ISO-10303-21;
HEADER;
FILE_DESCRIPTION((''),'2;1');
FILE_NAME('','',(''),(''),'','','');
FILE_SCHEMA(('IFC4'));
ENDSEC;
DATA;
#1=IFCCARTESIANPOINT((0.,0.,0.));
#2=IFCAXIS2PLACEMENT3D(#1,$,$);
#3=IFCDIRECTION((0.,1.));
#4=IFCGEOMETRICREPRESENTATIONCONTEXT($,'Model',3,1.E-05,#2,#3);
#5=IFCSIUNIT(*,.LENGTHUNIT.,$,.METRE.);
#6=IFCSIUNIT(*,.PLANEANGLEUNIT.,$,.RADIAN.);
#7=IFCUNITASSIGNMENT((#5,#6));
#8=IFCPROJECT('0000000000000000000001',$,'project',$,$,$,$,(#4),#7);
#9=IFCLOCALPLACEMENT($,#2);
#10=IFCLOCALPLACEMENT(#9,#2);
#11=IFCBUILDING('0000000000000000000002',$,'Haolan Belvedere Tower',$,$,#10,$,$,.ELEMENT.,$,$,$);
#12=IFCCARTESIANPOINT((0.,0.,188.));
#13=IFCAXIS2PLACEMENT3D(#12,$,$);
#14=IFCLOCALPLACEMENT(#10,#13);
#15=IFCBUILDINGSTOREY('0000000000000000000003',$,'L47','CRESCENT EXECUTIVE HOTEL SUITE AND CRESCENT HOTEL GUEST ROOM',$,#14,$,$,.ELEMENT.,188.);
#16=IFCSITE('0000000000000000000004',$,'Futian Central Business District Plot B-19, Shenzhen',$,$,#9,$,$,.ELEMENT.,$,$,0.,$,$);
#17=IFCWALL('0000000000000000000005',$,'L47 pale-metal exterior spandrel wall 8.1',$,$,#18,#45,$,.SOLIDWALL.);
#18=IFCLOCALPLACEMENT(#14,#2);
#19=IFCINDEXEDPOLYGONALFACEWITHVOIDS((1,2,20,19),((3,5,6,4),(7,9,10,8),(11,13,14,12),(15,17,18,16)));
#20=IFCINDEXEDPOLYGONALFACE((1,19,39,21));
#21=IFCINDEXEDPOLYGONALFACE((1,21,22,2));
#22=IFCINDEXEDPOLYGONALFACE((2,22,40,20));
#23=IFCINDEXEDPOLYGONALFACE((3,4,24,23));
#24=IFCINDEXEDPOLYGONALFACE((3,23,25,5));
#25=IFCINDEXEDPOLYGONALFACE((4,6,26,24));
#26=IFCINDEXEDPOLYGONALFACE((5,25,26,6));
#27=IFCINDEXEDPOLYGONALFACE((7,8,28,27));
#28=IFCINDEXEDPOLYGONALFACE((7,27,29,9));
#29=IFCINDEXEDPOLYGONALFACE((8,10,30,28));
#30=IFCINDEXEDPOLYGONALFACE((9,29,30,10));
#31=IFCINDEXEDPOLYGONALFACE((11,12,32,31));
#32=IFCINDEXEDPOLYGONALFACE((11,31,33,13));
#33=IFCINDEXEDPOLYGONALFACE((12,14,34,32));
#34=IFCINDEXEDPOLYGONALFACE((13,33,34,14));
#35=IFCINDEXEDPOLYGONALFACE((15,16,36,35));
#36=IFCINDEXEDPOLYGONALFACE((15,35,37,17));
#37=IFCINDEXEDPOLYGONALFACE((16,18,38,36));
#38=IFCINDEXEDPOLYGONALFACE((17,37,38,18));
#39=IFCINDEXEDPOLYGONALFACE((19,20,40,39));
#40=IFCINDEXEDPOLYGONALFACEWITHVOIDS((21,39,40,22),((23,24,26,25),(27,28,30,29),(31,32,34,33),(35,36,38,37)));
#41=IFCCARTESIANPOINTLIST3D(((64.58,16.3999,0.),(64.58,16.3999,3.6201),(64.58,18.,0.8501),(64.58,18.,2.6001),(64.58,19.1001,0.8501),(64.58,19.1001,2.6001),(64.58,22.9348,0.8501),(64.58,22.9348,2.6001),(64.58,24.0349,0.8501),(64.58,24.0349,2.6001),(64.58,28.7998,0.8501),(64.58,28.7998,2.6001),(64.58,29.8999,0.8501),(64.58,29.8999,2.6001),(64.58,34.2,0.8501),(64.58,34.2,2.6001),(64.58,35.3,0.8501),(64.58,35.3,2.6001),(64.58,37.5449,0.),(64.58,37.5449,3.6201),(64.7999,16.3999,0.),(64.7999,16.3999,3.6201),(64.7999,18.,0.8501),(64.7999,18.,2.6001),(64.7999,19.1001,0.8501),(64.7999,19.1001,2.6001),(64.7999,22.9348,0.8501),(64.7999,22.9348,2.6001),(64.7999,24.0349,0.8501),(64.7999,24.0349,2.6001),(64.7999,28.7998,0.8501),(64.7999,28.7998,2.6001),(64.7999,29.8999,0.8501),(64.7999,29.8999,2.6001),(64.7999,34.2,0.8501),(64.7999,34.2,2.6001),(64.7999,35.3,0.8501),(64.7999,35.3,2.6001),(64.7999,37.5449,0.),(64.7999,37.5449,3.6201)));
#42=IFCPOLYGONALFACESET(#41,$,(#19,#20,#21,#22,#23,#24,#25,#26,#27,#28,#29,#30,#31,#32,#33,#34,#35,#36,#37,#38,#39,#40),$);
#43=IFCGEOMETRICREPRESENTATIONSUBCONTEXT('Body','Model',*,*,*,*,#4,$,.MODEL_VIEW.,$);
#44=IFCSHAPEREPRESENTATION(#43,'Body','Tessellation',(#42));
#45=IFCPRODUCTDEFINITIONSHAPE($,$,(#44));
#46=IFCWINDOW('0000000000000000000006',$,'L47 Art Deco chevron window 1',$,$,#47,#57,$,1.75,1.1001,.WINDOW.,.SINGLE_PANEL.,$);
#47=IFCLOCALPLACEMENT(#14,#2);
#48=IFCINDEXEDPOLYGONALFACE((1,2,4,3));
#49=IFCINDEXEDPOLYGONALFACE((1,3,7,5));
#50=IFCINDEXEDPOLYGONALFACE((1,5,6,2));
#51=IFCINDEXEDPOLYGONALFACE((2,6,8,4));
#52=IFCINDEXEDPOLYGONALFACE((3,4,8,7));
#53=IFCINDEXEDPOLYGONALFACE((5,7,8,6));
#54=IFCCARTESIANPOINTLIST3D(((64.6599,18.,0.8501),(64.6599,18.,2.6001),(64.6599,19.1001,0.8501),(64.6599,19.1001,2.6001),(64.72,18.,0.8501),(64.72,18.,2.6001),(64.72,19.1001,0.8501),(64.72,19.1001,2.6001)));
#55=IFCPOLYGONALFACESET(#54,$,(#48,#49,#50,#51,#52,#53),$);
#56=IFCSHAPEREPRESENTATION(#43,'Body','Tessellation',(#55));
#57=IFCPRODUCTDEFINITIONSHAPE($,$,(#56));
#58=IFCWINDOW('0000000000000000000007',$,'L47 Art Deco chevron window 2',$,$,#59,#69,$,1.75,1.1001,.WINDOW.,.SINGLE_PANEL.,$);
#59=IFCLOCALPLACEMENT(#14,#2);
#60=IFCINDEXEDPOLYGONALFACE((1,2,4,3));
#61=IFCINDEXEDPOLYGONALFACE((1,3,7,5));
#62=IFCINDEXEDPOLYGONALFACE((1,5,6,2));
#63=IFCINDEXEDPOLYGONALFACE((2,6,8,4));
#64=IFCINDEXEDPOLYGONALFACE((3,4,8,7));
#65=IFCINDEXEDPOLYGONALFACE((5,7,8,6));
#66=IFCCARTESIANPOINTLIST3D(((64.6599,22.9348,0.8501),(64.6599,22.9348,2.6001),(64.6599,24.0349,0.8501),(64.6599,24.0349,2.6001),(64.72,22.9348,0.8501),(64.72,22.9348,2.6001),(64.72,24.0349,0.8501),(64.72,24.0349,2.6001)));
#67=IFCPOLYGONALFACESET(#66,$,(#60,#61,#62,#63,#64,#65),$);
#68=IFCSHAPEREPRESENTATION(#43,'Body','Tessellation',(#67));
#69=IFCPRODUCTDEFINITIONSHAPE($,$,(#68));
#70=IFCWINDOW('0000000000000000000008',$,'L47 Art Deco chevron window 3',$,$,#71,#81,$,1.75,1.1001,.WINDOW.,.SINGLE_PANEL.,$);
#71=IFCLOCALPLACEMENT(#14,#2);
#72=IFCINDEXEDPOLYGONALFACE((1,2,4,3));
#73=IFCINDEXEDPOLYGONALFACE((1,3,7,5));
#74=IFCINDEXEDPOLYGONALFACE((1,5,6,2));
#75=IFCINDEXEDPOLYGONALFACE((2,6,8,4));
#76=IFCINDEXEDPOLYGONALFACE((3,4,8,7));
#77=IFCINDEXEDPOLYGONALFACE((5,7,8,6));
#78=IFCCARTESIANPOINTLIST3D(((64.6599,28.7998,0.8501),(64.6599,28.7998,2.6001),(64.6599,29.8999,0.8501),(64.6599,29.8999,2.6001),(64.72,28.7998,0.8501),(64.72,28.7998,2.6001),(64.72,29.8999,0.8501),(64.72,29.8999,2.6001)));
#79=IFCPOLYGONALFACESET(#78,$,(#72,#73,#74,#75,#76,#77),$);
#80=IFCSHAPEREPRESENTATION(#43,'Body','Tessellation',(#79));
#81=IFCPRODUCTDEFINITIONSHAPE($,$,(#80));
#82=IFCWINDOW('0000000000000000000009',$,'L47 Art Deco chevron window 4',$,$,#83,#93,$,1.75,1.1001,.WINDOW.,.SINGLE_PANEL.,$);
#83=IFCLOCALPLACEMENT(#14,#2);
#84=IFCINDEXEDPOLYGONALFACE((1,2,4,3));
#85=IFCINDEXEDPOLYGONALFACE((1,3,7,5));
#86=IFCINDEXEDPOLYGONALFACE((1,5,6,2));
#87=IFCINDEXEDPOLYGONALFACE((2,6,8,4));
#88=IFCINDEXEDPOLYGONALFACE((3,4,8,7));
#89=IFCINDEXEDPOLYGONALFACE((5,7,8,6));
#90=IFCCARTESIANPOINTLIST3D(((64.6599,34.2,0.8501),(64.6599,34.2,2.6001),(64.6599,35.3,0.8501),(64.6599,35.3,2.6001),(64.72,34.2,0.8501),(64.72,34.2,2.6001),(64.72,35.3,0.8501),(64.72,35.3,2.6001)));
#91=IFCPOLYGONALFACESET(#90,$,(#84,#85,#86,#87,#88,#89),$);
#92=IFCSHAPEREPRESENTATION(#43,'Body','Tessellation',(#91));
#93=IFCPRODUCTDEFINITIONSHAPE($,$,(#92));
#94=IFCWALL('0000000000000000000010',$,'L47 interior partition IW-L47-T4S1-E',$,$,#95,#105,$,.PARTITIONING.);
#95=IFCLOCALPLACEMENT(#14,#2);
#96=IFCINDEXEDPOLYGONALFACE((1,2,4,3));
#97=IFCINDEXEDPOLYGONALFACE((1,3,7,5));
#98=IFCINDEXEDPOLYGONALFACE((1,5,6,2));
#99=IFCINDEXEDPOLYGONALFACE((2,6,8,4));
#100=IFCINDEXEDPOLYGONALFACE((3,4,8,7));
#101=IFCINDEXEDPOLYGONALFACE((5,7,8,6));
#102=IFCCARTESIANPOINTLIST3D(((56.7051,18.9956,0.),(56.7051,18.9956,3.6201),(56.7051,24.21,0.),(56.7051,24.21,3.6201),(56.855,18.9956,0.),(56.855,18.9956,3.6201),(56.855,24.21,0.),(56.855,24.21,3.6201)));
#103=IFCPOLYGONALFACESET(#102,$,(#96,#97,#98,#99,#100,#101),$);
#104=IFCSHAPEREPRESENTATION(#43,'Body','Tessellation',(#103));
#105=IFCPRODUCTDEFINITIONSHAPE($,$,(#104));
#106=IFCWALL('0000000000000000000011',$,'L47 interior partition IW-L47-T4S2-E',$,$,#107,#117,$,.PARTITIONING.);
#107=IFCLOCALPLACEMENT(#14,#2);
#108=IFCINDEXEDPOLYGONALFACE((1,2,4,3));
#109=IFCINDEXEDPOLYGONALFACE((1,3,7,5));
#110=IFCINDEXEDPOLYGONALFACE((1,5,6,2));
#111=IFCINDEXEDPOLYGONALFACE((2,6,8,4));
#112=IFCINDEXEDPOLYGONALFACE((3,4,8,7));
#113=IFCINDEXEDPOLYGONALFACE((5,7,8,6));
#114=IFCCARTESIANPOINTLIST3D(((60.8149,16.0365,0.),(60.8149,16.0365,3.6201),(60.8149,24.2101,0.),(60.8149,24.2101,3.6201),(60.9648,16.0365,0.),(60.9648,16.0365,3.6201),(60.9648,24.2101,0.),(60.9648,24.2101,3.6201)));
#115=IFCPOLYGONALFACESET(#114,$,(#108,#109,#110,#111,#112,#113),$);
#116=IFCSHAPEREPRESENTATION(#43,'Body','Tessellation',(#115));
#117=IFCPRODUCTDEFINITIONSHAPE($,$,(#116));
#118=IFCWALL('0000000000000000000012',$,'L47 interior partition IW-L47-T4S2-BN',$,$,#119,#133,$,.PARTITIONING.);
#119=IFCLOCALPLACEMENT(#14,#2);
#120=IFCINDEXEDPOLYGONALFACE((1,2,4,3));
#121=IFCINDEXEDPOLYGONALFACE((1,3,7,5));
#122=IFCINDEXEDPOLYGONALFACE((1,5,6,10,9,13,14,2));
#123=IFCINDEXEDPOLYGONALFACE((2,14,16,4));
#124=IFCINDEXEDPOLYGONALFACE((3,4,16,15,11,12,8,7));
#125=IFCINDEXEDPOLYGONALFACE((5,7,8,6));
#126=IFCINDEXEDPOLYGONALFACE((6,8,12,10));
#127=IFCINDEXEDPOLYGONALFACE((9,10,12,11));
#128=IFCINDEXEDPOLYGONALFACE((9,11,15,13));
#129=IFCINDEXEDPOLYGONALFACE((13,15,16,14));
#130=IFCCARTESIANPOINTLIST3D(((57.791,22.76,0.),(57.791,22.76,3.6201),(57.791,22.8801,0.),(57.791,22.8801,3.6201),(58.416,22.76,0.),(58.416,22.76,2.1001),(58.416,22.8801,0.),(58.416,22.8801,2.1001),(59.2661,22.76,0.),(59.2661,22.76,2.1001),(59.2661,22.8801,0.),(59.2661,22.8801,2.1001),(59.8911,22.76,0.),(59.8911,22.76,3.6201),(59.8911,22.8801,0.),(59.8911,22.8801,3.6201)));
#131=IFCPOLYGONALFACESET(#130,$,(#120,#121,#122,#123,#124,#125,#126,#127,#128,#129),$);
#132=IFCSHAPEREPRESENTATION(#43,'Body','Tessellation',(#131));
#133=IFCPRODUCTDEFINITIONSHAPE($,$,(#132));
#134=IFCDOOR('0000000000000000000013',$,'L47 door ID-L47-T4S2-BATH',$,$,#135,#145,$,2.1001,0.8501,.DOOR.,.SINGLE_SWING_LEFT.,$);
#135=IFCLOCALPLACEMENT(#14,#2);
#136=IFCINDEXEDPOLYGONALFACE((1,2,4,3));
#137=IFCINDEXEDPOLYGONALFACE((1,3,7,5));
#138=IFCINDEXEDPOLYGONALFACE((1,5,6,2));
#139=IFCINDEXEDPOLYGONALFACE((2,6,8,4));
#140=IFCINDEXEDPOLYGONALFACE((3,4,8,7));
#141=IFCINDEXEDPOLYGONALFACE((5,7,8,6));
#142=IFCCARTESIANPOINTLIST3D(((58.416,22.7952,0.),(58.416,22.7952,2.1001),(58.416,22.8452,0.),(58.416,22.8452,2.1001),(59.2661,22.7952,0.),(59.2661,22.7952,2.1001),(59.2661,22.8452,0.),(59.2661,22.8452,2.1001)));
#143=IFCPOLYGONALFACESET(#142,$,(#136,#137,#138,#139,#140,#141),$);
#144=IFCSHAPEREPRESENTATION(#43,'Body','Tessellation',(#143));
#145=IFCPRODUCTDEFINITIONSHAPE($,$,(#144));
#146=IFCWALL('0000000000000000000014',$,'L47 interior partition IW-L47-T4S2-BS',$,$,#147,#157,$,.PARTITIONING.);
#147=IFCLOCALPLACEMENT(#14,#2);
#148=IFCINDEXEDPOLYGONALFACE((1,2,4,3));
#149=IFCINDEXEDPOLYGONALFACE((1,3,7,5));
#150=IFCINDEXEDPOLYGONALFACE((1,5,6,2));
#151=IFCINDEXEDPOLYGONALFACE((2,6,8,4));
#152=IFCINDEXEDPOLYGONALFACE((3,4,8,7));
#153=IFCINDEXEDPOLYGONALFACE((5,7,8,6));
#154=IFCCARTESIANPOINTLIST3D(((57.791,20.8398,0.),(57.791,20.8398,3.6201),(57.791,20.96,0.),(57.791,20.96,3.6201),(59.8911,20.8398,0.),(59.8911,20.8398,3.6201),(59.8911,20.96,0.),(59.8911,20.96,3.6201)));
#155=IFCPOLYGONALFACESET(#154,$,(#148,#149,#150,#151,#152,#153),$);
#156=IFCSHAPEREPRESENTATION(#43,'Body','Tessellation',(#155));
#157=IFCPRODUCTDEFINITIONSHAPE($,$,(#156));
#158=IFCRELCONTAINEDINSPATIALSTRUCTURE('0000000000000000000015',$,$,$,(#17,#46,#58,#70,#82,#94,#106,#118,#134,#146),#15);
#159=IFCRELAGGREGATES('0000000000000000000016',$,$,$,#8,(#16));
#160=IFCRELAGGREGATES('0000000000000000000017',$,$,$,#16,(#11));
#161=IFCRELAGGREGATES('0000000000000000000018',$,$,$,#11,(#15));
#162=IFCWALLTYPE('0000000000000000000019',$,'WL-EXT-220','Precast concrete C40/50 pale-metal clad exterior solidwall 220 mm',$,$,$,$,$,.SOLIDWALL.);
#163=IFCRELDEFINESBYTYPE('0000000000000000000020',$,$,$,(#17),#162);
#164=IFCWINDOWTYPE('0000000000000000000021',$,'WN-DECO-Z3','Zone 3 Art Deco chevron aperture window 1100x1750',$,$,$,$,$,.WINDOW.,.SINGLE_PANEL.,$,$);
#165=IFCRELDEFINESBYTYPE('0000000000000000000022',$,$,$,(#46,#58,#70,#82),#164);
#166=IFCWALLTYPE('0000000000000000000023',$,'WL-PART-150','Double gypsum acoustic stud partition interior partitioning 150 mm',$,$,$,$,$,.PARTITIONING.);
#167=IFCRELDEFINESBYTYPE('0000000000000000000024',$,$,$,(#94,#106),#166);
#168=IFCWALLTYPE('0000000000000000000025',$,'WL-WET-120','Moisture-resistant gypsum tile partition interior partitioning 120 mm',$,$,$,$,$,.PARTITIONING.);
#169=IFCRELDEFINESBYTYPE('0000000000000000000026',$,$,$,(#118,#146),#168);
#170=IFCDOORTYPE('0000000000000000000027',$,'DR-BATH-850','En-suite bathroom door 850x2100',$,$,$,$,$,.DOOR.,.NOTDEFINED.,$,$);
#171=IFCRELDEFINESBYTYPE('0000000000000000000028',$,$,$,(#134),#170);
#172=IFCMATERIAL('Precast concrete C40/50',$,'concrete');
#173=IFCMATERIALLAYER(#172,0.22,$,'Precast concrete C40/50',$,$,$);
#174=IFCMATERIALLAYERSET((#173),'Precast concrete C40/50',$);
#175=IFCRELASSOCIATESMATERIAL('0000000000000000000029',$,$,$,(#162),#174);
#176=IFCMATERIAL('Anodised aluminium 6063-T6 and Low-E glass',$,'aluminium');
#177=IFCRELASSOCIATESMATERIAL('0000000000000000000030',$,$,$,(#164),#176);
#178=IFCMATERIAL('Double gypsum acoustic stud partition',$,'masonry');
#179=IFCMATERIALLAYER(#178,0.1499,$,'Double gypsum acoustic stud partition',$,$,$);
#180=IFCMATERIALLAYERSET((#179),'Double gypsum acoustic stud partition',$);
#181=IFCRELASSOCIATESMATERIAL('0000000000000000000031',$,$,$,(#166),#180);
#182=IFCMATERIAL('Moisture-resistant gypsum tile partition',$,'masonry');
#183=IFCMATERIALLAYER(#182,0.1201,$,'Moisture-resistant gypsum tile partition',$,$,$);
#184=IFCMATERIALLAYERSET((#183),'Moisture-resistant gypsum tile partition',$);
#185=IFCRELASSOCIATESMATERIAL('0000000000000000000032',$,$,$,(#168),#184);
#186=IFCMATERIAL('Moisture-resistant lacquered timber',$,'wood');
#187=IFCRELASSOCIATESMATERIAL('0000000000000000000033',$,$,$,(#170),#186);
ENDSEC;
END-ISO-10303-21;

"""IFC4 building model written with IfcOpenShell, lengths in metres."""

from ifc_helpers import new_model, si_unit, direction, frame, frame_2d, origin, place, context, subcontext, project, spatial, rectangle, extrude, material, layer, layer_set, type_object, element, fill, save


model = new_model("IFC4")

# Units and contexts
model_context = context("Model", 3, precision=1e-05, world=origin(), true_north=direction((0.0, 1.0)))
body_context = subcontext(model_context, "Body", "Model", "MODEL_VIEW")
ifc_project = project(units=[si_unit("LENGTHUNIT", "METRE"), si_unit("PLANEANGLEUNIT", "RADIAN")], contexts=[model_context])

# Site, building, storey
site_placement = place(None, origin())
site = spatial("IfcSite", under=ifc_project, at=site_placement, Name="Futian Central Business District Plot B-19, Shenzhen", CompositionType="ELEMENT", RefElevation=0.0)
building_placement = place(site_placement, origin())
building = spatial("IfcBuilding", under=site, at=building_placement, Name="Haolan Belvedere Tower", CompositionType="ELEMENT")
storey_placement = place(building_placement, frame((0.0, 0.0, 188.0)))
storey = spatial("IfcBuildingStorey", under=building, at=storey_placement, Name="L47", Description="CRESCENT EXECUTIVE HOTEL SUITE AND CRESCENT HOTEL GUEST ROOM", CompositionType="ELEMENT", Elevation=188.0)

# Shared definitions
ifc_material_1 = material(Name="Precast concrete C40/50", Category="concrete")
ifc_layer_1 = layer(ifc_material_1, 0.22, Name="Precast concrete C40/50")
ifc_layer_set_1 = layer_set([ifc_layer_1], Name="Precast concrete C40/50")
wall_type_1 = type_object("IfcWallType", Name="WL-EXT-220", Description="Precast concrete C40/50 pale-metal clad exterior solidwall 220 mm", PredefinedType="SOLIDWALL", material=ifc_layer_set_1)
ifc_material_2 = material(Name="Anodised aluminium 6063-T6 and Low-E glass", Category="aluminium")
window_type = type_object("IfcWindowType", Name="WN-DECO-Z3", Description="Zone 3 Art Deco chevron aperture window 1100x1750", PartitioningType="SINGLE_PANEL", PredefinedType="WINDOW", material=ifc_material_2)

# Wall, openings, windows
wall_1_placement = place(storey_placement, frame((64.6899, 16.3999, 0.0), z_axis=(0.0, 0.0, 1.0), x_axis=(0.0, 1.0, 0.0)))
wall_1 = element("IfcWall", 1, at=wall_1_placement, inside=storey, type_object=wall_type_1, Name="L47 pale-metal exterior spandrel wall 8.1", PredefinedType="SOLIDWALL", context=body_context, shape_type="SweptSolid", body=[
    extrude(rectangle(XDim=21.145, YDim=0.22, at=frame_2d((10.5725, 0.0))), origin(), (0.0, 0.0, 1.0), 3.6201),
])
opening_1_placement = place(wall_1_placement, frame((1.6001, 0.0, 0.8501)))
opening_1 = element("IfcOpeningElement", 2, at=opening_1_placement, cuts=wall_1, PredefinedType="OPENING", context=body_context, shape_type="SweptSolid", body=[
    extrude(rectangle(XDim=1.1001, YDim=1.75, at=frame_2d((0.55, 0.875))), frame((0.0, 0.1199, 0.0), z_axis=(0.0, -1.0, 0.0), x_axis=(1.0, 0.0, 0.0)), (0.0, 0.0, 1.0), 0.24),
])
opening_2_placement = place(wall_1_placement, frame((6.5349, 0.0, 0.8501)))
opening_2 = element("IfcOpeningElement", 3, at=opening_2_placement, cuts=wall_1, PredefinedType="OPENING", context=body_context, shape_type="SweptSolid", body=[
    extrude(rectangle(XDim=1.1001, YDim=1.75, at=frame_2d((0.55, 0.875))), frame((0.0, 0.1199, 0.0), z_axis=(0.0, -1.0, 0.0), x_axis=(1.0, 0.0, 0.0)), (0.0, 0.0, 1.0), 0.24),
])
opening_3_placement = place(wall_1_placement, frame((12.3999, 0.0, 0.8501)))
opening_3 = element("IfcOpeningElement", 4, at=opening_3_placement, cuts=wall_1, PredefinedType="OPENING", context=body_context, shape_type="SweptSolid", body=[
    extrude(rectangle(XDim=1.1001, YDim=1.75, at=frame_2d((0.55, 0.875))), frame((0.0, 0.1199, 0.0), z_axis=(0.0, -1.0, 0.0), x_axis=(1.0, 0.0, 0.0)), (0.0, 0.0, 1.0), 0.24),
])
opening_4_placement = place(wall_1_placement, frame((17.8, 0.0, 0.8501)))
opening_4 = element("IfcOpeningElement", 5, at=opening_4_placement, cuts=wall_1, PredefinedType="OPENING", context=body_context, shape_type="SweptSolid", body=[
    extrude(rectangle(XDim=1.1001, YDim=1.75, at=frame_2d((0.55, 0.875))), frame((0.0, 0.1199, 0.0), z_axis=(0.0, -1.0, 0.0), x_axis=(1.0, 0.0, 0.0)), (0.0, 0.0, 1.0), 0.24),
])
window_1_placement = place(opening_1_placement, origin())
window_1 = element("IfcWindow", 6, at=window_1_placement, inside=storey, type_object=window_type, Name="L47 Art Deco chevron window 1", OverallHeight=1.75, OverallWidth=1.1001, PartitioningType="SINGLE_PANEL", PredefinedType="WINDOW", context=body_context, shape_type="SweptSolid", body=[
    extrude(rectangle(XDim=1.1001, YDim=1.75, at=frame_2d((0.55, 0.875))), frame((0.0, 0.03, 0.0), z_axis=(0.0, -1.0, 0.0), x_axis=(1.0, 0.0, 0.0)), (0.0, 0.0, 1.0), 0.0601),
])
fill(opening_1, window_1)
window_2_placement = place(opening_2_placement, origin())
window_2 = element("IfcWindow", 7, at=window_2_placement, inside=storey, type_object=window_type, Name="L47 Art Deco chevron window 2", OverallHeight=1.75, OverallWidth=1.1001, PartitioningType="SINGLE_PANEL", PredefinedType="WINDOW", context=body_context, shape_type="SweptSolid", body=[
    extrude(rectangle(XDim=1.1001, YDim=1.75, at=frame_2d((0.55, 0.875))), frame((0.0, 0.03, 0.0), z_axis=(0.0, -1.0, 0.0), x_axis=(1.0, 0.0, 0.0)), (0.0, 0.0, 1.0), 0.0601),
])
fill(opening_2, window_2)
window_3_placement = place(opening_3_placement, origin())
window_3 = element("IfcWindow", 8, at=window_3_placement, inside=storey, type_object=window_type, Name="L47 Art Deco chevron window 3", OverallHeight=1.75, OverallWidth=1.1001, PartitioningType="SINGLE_PANEL", PredefinedType="WINDOW", context=body_context, shape_type="SweptSolid", body=[
    extrude(rectangle(XDim=1.1001, YDim=1.75, at=frame_2d((0.55, 0.875))), frame((0.0, 0.03, 0.0), z_axis=(0.0, -1.0, 0.0), x_axis=(1.0, 0.0, 0.0)), (0.0, 0.0, 1.0), 0.0601),
])
fill(opening_3, window_3)
window_4_placement = place(opening_4_placement, origin())
window_4 = element("IfcWindow", 9, at=window_4_placement, inside=storey, type_object=window_type, Name="L47 Art Deco chevron window 4", OverallHeight=1.75, OverallWidth=1.1001, PartitioningType="SINGLE_PANEL", PredefinedType="WINDOW", context=body_context, shape_type="SweptSolid", body=[
    extrude(rectangle(XDim=1.1001, YDim=1.75, at=frame_2d((0.55, 0.875))), frame((0.0, 0.03, 0.0), z_axis=(0.0, -1.0, 0.0), x_axis=(1.0, 0.0, 0.0)), (0.0, 0.0, 1.0), 0.0601),
])
fill(opening_4, window_4)

# Walls
ifc_material_3 = material(Name="Double gypsum acoustic stud partition", Category="masonry")
ifc_layer_2 = layer(ifc_material_3, 0.1499, Name="Double gypsum acoustic stud partition")
ifc_layer_set_2 = layer_set([ifc_layer_2], Name="Double gypsum acoustic stud partition")
wall_type_2 = type_object("IfcWallType", Name="WL-PART-150", Description="Double gypsum acoustic stud partition interior partitioning 150 mm", PredefinedType="PARTITIONING", material=ifc_layer_set_2)
wall_2_placement = place(storey_placement, frame((56.78, 18.9956, 0.0), z_axis=(0.0, 0.0, 1.0), x_axis=(0.0, 1.0, 0.0)))
element("IfcWall", 10, at=wall_2_placement, inside=storey, type_object=wall_type_2, Name="L47 interior partition IW-L47-T4S1-E", PredefinedType="PARTITIONING", context=body_context, shape_type="SweptSolid", body=[
    extrude(rectangle(XDim=5.2144, YDim=0.1499, at=frame_2d((2.6072, 0.0))), origin(), (0.0, 0.0, 1.0), 3.6201),
])
wall_3_placement = place(storey_placement, frame((60.8899, 16.0364, 0.0), z_axis=(0.0, 0.0, 1.0), x_axis=(0.0, 1.0, 0.0)))
element("IfcWall", 11, at=wall_3_placement, inside=storey, type_object=wall_type_2, Name="L47 interior partition IW-L47-T4S2-E", PredefinedType="PARTITIONING", context=body_context, shape_type="SweptSolid", body=[
    extrude(rectangle(XDim=8.1736, YDim=0.1499, at=frame_2d((4.0869, 0.0))), origin(), (0.0, 0.0, 1.0), 3.6201),
])

# Wall, opening, door
ifc_material_4 = material(Name="Moisture-resistant gypsum tile partition", Category="masonry")
ifc_layer_3 = layer(ifc_material_4, 0.1201, Name="Moisture-resistant gypsum tile partition")
ifc_layer_set_3 = layer_set([ifc_layer_3], Name="Moisture-resistant gypsum tile partition")
wall_type_3 = type_object("IfcWallType", Name="WL-WET-120", Description="Moisture-resistant gypsum tile partition interior partitioning 120 mm", PredefinedType="PARTITIONING", material=ifc_layer_set_3)
wall_4_placement = place(storey_placement, frame((57.791, 22.8201, 0.0), z_axis=(0.0, 0.0, 1.0), x_axis=(1.0, 0.0, 0.0)))
wall_4 = element("IfcWall", 12, at=wall_4_placement, inside=storey, type_object=wall_type_3, Name="L47 interior partition IW-L47-T4S2-BN", PredefinedType="PARTITIONING", context=body_context, shape_type="SweptSolid", body=[
    extrude(rectangle(XDim=2.1001, YDim=0.1201, at=frame_2d((1.05, 0.0))), origin(), (0.0, 0.0, 1.0), 3.6201),
])
opening_5_placement = place(wall_4_placement, frame((1.4751, 0.0, 0.0), z_axis=(0.0, 0.0, 1.0), x_axis=(-1.0, 0.0, 0.0)))
opening_5 = element("IfcOpeningElement", 13, at=opening_5_placement, cuts=wall_4, PredefinedType="OPENING", context=body_context, shape_type="SweptSolid", body=[
    extrude(rectangle(XDim=0.8501, YDim=2.1001, at=frame_2d((0.425, 1.05))), frame((0.0, 0.0701, 0.0), z_axis=(0.0, -1.0, 0.0), x_axis=(1.0, 0.0, 0.0)), (0.0, 0.0, 1.0), 0.1401),
])
ifc_material_5 = material(Name="Moisture-resistant lacquered timber", Category="wood")
door_type = type_object("IfcDoorType", Name="DR-BATH-850", Description="En-suite bathroom door 850x2100", OperationType="NOTDEFINED", PredefinedType="DOOR", material=ifc_material_5)
door_placement = place(opening_5_placement, origin())
door = element("IfcDoor", 14, at=door_placement, inside=storey, type_object=door_type, Name="L47 door ID-L47-T4S2-BATH", OperationType="SINGLE_SWING_LEFT", OverallHeight=2.1001, OverallWidth=0.8501, PredefinedType="DOOR", context=body_context, shape_type="SweptSolid", body=[
    extrude(rectangle(XDim=0.8501, YDim=2.1001, at=frame_2d((0.425, 1.05))), frame((0.0, 0.0249, 0.0), z_axis=(0.0, -1.0, 0.0), x_axis=(1.0, 0.0, 0.0)), (0.0, 0.0, 1.0), 0.05),
])
fill(opening_5, door)

# Wall
wall_5_placement = place(storey_placement, frame((57.791, 20.8999, 0.0), z_axis=(0.0, 0.0, 1.0), x_axis=(1.0, 0.0, 0.0)))
element("IfcWall", 15, at=wall_5_placement, inside=storey, type_object=wall_type_3, Name="L47 interior partition IW-L47-T4S2-BS", PredefinedType="PARTITIONING", context=body_context, shape_type="SweptSolid", body=[
    extrude(rectangle(XDim=2.1001, YDim=0.1201, at=frame_2d((1.05, 0.0))), origin(), (0.0, 0.0, 1.0), 3.6201),
])

save(model, "model.ifc")
